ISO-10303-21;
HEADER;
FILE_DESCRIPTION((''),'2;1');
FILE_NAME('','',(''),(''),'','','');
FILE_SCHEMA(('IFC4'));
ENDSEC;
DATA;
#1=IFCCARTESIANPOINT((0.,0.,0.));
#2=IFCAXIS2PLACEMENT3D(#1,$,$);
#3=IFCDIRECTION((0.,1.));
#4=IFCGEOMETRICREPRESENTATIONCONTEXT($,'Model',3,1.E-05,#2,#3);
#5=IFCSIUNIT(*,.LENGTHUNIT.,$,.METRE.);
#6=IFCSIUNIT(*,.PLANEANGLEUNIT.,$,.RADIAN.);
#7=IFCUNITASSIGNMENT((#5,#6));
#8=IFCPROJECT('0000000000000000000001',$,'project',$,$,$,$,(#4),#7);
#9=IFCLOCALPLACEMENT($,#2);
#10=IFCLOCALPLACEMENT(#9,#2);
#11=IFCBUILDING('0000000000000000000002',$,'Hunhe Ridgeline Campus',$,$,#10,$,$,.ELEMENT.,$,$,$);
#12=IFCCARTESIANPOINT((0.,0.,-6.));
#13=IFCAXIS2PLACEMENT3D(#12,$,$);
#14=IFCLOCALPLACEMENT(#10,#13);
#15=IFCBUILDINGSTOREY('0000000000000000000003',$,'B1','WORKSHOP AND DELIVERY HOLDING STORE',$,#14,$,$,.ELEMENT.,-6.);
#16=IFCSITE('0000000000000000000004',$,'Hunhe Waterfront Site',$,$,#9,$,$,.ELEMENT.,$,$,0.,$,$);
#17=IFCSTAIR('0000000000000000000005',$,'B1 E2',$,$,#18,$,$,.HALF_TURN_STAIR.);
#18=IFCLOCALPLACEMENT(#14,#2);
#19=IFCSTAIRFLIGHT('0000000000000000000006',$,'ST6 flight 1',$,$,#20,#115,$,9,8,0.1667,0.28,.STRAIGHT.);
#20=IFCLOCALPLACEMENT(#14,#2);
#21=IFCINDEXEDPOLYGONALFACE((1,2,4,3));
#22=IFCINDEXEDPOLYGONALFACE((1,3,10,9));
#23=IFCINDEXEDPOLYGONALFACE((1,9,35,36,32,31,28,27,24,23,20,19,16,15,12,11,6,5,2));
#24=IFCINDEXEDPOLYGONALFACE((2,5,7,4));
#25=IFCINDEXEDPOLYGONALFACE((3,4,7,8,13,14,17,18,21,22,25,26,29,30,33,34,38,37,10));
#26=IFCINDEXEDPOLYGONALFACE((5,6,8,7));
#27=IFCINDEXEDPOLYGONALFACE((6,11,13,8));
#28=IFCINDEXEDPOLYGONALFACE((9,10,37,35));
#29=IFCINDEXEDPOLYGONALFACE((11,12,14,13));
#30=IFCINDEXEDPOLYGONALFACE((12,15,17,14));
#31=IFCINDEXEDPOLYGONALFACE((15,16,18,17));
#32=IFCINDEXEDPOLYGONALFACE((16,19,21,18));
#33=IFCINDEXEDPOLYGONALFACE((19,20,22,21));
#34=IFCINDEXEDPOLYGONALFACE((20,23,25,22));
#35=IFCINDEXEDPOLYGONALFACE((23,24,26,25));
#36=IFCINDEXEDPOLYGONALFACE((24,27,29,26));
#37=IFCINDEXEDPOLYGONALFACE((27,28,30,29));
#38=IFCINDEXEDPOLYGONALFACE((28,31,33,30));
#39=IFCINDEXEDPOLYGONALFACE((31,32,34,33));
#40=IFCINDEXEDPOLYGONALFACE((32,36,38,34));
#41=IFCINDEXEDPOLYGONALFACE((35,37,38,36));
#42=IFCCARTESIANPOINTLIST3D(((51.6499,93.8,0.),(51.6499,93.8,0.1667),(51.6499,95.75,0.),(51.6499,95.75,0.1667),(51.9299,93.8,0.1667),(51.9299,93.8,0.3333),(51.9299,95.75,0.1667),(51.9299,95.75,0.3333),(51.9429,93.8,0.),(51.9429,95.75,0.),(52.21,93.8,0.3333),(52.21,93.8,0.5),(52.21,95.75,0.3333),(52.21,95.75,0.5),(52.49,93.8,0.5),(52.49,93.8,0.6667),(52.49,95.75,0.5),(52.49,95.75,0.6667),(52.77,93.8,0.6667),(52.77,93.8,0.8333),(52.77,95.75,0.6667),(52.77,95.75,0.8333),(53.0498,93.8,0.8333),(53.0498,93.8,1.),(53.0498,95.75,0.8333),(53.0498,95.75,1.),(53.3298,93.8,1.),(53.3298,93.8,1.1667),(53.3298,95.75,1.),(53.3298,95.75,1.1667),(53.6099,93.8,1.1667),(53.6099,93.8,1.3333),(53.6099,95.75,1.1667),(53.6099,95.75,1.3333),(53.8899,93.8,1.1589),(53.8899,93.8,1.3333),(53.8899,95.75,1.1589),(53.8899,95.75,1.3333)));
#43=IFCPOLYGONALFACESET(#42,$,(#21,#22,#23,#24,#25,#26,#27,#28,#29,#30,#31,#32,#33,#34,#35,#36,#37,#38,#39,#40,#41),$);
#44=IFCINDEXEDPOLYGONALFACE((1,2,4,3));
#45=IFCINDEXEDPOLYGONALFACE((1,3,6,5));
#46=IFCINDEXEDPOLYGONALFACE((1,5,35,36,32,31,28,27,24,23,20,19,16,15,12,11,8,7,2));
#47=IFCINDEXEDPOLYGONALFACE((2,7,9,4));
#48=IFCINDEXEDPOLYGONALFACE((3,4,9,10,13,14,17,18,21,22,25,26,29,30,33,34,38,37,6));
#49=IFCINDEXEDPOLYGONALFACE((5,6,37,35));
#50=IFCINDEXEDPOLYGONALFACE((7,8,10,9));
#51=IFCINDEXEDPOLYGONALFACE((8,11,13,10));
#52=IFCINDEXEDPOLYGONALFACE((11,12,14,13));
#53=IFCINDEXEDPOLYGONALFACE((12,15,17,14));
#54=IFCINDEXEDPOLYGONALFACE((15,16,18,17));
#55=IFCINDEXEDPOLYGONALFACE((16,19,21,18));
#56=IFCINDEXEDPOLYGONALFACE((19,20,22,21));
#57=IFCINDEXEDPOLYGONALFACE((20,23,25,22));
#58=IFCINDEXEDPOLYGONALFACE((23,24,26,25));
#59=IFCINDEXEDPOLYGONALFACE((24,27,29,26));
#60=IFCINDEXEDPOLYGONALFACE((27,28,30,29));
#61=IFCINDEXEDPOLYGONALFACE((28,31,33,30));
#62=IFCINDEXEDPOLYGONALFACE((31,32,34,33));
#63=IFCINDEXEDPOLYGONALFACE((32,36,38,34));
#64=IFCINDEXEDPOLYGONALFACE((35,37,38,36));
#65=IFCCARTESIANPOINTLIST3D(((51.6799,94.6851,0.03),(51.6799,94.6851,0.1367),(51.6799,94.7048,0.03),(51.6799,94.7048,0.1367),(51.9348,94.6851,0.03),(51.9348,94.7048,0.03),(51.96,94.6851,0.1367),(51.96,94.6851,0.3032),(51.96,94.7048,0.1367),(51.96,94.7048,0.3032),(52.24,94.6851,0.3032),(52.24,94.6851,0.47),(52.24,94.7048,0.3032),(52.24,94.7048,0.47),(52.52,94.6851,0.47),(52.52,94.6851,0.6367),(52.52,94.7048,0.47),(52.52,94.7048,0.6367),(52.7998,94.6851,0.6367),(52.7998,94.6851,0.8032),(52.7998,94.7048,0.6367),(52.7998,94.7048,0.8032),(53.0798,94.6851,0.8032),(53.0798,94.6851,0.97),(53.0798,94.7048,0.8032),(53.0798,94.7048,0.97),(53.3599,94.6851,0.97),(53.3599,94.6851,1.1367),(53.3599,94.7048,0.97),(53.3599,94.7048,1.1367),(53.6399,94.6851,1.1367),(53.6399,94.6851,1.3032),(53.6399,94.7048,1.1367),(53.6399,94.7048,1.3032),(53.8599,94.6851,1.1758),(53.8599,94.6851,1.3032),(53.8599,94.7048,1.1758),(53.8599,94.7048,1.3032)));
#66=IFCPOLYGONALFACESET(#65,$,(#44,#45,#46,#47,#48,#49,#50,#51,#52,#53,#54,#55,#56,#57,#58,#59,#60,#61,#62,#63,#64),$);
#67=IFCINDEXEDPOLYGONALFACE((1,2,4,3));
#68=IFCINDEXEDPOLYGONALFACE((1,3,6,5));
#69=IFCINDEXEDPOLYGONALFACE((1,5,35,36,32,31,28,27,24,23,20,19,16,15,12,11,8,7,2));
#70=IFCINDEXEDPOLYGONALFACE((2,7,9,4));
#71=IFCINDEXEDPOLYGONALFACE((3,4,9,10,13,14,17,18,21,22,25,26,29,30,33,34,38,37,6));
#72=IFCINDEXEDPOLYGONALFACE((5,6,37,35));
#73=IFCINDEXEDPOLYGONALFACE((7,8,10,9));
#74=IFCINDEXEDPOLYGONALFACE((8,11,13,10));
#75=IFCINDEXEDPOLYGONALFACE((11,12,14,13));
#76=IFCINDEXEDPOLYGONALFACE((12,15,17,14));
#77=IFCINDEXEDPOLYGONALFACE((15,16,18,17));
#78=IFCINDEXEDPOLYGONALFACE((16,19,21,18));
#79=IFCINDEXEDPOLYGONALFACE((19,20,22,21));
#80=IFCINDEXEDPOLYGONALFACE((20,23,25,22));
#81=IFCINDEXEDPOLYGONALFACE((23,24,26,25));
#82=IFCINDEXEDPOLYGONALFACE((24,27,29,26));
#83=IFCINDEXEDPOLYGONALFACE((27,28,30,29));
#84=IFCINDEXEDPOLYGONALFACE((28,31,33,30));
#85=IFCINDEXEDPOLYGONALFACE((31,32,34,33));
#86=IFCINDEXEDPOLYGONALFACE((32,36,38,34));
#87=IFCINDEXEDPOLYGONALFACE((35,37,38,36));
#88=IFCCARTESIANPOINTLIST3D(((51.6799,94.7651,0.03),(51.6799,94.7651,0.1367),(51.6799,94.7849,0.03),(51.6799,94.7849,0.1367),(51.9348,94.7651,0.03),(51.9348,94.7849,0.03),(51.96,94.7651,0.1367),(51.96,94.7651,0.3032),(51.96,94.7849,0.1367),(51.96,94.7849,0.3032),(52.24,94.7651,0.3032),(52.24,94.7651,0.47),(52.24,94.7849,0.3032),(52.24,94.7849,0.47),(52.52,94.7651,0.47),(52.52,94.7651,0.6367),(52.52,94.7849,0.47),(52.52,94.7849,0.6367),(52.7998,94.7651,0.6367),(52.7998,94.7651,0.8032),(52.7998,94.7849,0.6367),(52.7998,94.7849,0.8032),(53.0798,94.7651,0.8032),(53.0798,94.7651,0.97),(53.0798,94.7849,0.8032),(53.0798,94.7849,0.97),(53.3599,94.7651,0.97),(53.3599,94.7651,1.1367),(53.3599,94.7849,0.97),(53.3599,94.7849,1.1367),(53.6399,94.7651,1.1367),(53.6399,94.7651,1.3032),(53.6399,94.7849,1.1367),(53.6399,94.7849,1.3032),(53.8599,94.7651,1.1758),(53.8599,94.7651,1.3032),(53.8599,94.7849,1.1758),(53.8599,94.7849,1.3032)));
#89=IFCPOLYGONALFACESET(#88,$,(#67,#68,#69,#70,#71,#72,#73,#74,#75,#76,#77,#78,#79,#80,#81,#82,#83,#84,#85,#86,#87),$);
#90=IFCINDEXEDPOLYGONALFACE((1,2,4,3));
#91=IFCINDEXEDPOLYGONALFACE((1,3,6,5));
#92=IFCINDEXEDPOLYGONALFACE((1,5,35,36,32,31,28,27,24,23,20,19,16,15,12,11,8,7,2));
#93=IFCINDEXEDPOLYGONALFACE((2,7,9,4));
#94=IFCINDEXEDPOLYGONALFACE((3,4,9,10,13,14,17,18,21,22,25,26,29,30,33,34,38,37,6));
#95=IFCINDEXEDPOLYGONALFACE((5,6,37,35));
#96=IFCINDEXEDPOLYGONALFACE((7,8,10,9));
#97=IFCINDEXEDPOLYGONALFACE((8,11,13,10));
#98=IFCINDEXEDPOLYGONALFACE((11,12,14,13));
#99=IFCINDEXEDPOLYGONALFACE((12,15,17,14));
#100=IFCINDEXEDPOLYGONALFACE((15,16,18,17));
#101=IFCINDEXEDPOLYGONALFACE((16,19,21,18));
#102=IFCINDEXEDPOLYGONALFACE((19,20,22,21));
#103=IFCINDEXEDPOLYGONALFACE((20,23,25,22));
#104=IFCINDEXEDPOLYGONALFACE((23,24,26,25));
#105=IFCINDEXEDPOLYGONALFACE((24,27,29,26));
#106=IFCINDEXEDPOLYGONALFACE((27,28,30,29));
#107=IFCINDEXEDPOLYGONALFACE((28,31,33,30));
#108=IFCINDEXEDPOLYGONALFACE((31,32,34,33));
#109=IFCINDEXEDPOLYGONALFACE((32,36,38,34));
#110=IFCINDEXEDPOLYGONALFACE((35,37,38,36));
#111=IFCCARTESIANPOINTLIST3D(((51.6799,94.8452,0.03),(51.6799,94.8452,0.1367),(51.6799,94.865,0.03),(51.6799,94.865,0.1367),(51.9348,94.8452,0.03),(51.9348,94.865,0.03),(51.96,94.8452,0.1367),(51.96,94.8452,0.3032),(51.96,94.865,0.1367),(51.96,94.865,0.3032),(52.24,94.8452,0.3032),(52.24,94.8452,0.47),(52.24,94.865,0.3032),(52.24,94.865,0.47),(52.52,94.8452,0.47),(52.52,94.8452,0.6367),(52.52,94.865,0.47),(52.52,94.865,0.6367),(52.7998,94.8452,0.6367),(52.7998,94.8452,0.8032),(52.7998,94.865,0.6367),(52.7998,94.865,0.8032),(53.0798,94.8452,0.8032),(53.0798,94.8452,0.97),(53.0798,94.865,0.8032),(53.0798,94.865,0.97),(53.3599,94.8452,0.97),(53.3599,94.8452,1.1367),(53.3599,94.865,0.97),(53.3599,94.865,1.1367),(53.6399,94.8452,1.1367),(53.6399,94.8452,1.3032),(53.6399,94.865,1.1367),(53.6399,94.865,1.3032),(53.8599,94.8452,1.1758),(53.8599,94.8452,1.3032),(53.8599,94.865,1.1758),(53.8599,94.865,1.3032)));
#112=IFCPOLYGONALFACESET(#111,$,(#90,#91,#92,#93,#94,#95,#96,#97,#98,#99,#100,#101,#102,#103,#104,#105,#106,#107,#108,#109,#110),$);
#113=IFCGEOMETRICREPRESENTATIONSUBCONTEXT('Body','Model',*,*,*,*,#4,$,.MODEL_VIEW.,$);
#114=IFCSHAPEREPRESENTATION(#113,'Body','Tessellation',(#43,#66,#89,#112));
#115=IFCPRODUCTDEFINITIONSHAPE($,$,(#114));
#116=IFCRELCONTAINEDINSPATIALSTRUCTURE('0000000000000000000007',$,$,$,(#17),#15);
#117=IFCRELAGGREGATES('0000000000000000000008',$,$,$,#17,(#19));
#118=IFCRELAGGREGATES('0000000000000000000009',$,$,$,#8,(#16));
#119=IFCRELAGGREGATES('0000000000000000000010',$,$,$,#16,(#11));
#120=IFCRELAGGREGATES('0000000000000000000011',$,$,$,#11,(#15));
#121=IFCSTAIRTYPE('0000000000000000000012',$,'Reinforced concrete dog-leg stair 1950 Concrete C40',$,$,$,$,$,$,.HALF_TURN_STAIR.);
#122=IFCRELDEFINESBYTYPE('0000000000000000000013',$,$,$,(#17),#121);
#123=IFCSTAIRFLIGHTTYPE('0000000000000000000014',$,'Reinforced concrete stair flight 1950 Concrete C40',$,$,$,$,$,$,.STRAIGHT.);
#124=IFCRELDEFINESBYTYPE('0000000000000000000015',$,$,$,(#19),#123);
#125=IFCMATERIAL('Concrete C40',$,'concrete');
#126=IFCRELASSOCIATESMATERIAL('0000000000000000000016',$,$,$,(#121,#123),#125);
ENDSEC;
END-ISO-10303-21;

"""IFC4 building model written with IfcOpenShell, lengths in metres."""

from ifc_helpers import new_model, si_unit, direction, frame, origin, place, context, subcontext, project, spatial, polyline, outline, extrude, material, type_object, element, aggregate, save


model = new_model("IFC4")

# Units and contexts
model_context = context("Model", 3, precision=1e-05, world=origin(), true_north=direction((0.0, 1.0)))
body_context = subcontext(model_context, "Body", "Model", "MODEL_VIEW")
ifc_project = project(units=[si_unit("LENGTHUNIT", "METRE"), si_unit("PLANEANGLEUNIT", "RADIAN")], contexts=[model_context])

# Site, building, storey
site_placement = place(None, origin())
site = spatial("IfcSite", under=ifc_project, at=site_placement, Name="Hunhe Waterfront Site", CompositionType="ELEMENT", RefElevation=0.0)
building_placement = place(site_placement, origin())
building = spatial("IfcBuilding", under=site, at=building_placement, Name="Hunhe Ridgeline Campus", CompositionType="ELEMENT")
storey_placement = place(building_placement, frame((0.0, 0.0, -6.0)))
storey = spatial("IfcBuildingStorey", under=building, at=storey_placement, Name="B1", Description="WORKSHOP AND DELIVERY HOLDING STORE", CompositionType="ELEMENT", Elevation=-6.0)

# Stair, stair flight
ifc_material_1 = material(Name="Concrete C40", Category="concrete")
stair_type = type_object("IfcStairType", Name="Reinforced concrete dog-leg stair 1950 Concrete C40", PredefinedType="HALF_TURN_STAIR", material=ifc_material_1)
stair_flight_type = type_object("IfcStairFlightType", Name="Reinforced concrete stair flight 1950 Concrete C40", PredefinedType="STRAIGHT", material=ifc_material_1)
stair_1_placement = place(storey_placement, origin())
stair_1 = element("IfcStair", 1, at=stair_1_placement, inside=storey, type_object=stair_type, Name="B1 E2", PredefinedType="HALF_TURN_STAIR")
stair_flight_1_placement = place(storey_placement, frame((51.6499, 94.7749, 0.0), z_axis=(0.0, 0.0, 1.0), x_axis=(1.0, 0.0, 0.0)))
stair_flight_1 = element("IfcStairFlight", 2, at=stair_flight_1_placement, type_object=stair_flight_type, Name="ST6 flight 1", NumberOfRisers=9, NumberOfTreads=8, PredefinedType="STRAIGHT", RiserHeight=0.1667, TreadLength=0.28, context=body_context, shape_type="SweptSolid", body=[
    extrude(outline(polyline([(0.0, 0.0), (0.0, 0.1667), (0.28, 0.1667), (0.28, 0.3333), (0.5601, 0.3333), (0.5601, 0.5), (0.8401, 0.5), (0.8401, 0.6667), (1.1201, 0.6667), (1.1201, 0.8333), (1.3999, 0.8333), (1.3999, 1.0), (1.6799, 1.0), (1.6799, 1.1667), (1.96, 1.1667), (1.96, 1.3333), (2.24, 1.3333), (2.24, 1.5), (2.24, 1.1589), (0.293, 0.0), (0.0, 0.0)])), frame((0.0, 0.9751, 0.0), z_axis=(0.0, -1.0, 0.0), x_axis=(1.0, 0.0, 0.0)), (0.0, 0.0, 1.0), 1.95),
    extrude(outline(polyline([(0.03, 0.03), (0.03, 0.1367), (0.3101, 0.1367), (0.3101, 0.3032), (0.5901, 0.3032), (0.5901, 0.47), (0.8701, 0.47), (0.8701, 0.6367), (1.1499, 0.6367), (1.1499, 0.8032), (1.4299, 0.8032), (1.4299, 0.97), (1.71, 0.97), (1.71, 1.1367), (1.99, 1.1367), (1.99, 1.3032), (2.21, 1.3032), (2.21, 1.1758), (0.2849, 0.03), (0.03, 0.03)])), frame((0.0, -0.0701, 0.0), z_axis=(0.0, -1.0, 0.0), x_axis=(1.0, 0.0, 0.0)), (0.0, 0.0, 1.0), 0.0198),
    extrude(outline(polyline([(0.03, 0.03), (0.03, 0.1367), (0.3101, 0.1367), (0.3101, 0.3032), (0.5901, 0.3032), (0.5901, 0.47), (0.8701, 0.47), (0.8701, 0.6367), (1.1499, 0.6367), (1.1499, 0.8032), (1.4299, 0.8032), (1.4299, 0.97), (1.71, 0.97), (1.71, 1.1367), (1.99, 1.1367), (1.99, 1.3032), (2.21, 1.3032), (2.21, 1.1758), (0.2849, 0.03), (0.03, 0.03)])), frame((0.0, 0.01, 0.0), z_axis=(0.0, -1.0, 0.0), x_axis=(1.0, 0.0, 0.0)), (0.0, 0.0, 1.0), 0.0198),
    extrude(outline(polyline([(0.03, 0.03), (0.03, 0.1367), (0.3101, 0.1367), (0.3101, 0.3032), (0.5901, 0.3032), (0.5901, 0.47), (0.8701, 0.47), (0.8701, 0.6367), (1.1499, 0.6367), (1.1499, 0.8032), (1.4299, 0.8032), (1.4299, 0.97), (1.71, 0.97), (1.71, 1.1367), (1.99, 1.1367), (1.99, 1.3032), (2.21, 1.3032), (2.21, 1.1758), (0.2849, 0.03), (0.03, 0.03)])), frame((0.0, 0.0901, 0.0), z_axis=(0.0, -1.0, 0.0), x_axis=(1.0, 0.0, 0.0)), (0.0, 0.0, 1.0), 0.0198),
])
aggregate(stair_1, [stair_flight_1])

save(model, "model.ifc")
